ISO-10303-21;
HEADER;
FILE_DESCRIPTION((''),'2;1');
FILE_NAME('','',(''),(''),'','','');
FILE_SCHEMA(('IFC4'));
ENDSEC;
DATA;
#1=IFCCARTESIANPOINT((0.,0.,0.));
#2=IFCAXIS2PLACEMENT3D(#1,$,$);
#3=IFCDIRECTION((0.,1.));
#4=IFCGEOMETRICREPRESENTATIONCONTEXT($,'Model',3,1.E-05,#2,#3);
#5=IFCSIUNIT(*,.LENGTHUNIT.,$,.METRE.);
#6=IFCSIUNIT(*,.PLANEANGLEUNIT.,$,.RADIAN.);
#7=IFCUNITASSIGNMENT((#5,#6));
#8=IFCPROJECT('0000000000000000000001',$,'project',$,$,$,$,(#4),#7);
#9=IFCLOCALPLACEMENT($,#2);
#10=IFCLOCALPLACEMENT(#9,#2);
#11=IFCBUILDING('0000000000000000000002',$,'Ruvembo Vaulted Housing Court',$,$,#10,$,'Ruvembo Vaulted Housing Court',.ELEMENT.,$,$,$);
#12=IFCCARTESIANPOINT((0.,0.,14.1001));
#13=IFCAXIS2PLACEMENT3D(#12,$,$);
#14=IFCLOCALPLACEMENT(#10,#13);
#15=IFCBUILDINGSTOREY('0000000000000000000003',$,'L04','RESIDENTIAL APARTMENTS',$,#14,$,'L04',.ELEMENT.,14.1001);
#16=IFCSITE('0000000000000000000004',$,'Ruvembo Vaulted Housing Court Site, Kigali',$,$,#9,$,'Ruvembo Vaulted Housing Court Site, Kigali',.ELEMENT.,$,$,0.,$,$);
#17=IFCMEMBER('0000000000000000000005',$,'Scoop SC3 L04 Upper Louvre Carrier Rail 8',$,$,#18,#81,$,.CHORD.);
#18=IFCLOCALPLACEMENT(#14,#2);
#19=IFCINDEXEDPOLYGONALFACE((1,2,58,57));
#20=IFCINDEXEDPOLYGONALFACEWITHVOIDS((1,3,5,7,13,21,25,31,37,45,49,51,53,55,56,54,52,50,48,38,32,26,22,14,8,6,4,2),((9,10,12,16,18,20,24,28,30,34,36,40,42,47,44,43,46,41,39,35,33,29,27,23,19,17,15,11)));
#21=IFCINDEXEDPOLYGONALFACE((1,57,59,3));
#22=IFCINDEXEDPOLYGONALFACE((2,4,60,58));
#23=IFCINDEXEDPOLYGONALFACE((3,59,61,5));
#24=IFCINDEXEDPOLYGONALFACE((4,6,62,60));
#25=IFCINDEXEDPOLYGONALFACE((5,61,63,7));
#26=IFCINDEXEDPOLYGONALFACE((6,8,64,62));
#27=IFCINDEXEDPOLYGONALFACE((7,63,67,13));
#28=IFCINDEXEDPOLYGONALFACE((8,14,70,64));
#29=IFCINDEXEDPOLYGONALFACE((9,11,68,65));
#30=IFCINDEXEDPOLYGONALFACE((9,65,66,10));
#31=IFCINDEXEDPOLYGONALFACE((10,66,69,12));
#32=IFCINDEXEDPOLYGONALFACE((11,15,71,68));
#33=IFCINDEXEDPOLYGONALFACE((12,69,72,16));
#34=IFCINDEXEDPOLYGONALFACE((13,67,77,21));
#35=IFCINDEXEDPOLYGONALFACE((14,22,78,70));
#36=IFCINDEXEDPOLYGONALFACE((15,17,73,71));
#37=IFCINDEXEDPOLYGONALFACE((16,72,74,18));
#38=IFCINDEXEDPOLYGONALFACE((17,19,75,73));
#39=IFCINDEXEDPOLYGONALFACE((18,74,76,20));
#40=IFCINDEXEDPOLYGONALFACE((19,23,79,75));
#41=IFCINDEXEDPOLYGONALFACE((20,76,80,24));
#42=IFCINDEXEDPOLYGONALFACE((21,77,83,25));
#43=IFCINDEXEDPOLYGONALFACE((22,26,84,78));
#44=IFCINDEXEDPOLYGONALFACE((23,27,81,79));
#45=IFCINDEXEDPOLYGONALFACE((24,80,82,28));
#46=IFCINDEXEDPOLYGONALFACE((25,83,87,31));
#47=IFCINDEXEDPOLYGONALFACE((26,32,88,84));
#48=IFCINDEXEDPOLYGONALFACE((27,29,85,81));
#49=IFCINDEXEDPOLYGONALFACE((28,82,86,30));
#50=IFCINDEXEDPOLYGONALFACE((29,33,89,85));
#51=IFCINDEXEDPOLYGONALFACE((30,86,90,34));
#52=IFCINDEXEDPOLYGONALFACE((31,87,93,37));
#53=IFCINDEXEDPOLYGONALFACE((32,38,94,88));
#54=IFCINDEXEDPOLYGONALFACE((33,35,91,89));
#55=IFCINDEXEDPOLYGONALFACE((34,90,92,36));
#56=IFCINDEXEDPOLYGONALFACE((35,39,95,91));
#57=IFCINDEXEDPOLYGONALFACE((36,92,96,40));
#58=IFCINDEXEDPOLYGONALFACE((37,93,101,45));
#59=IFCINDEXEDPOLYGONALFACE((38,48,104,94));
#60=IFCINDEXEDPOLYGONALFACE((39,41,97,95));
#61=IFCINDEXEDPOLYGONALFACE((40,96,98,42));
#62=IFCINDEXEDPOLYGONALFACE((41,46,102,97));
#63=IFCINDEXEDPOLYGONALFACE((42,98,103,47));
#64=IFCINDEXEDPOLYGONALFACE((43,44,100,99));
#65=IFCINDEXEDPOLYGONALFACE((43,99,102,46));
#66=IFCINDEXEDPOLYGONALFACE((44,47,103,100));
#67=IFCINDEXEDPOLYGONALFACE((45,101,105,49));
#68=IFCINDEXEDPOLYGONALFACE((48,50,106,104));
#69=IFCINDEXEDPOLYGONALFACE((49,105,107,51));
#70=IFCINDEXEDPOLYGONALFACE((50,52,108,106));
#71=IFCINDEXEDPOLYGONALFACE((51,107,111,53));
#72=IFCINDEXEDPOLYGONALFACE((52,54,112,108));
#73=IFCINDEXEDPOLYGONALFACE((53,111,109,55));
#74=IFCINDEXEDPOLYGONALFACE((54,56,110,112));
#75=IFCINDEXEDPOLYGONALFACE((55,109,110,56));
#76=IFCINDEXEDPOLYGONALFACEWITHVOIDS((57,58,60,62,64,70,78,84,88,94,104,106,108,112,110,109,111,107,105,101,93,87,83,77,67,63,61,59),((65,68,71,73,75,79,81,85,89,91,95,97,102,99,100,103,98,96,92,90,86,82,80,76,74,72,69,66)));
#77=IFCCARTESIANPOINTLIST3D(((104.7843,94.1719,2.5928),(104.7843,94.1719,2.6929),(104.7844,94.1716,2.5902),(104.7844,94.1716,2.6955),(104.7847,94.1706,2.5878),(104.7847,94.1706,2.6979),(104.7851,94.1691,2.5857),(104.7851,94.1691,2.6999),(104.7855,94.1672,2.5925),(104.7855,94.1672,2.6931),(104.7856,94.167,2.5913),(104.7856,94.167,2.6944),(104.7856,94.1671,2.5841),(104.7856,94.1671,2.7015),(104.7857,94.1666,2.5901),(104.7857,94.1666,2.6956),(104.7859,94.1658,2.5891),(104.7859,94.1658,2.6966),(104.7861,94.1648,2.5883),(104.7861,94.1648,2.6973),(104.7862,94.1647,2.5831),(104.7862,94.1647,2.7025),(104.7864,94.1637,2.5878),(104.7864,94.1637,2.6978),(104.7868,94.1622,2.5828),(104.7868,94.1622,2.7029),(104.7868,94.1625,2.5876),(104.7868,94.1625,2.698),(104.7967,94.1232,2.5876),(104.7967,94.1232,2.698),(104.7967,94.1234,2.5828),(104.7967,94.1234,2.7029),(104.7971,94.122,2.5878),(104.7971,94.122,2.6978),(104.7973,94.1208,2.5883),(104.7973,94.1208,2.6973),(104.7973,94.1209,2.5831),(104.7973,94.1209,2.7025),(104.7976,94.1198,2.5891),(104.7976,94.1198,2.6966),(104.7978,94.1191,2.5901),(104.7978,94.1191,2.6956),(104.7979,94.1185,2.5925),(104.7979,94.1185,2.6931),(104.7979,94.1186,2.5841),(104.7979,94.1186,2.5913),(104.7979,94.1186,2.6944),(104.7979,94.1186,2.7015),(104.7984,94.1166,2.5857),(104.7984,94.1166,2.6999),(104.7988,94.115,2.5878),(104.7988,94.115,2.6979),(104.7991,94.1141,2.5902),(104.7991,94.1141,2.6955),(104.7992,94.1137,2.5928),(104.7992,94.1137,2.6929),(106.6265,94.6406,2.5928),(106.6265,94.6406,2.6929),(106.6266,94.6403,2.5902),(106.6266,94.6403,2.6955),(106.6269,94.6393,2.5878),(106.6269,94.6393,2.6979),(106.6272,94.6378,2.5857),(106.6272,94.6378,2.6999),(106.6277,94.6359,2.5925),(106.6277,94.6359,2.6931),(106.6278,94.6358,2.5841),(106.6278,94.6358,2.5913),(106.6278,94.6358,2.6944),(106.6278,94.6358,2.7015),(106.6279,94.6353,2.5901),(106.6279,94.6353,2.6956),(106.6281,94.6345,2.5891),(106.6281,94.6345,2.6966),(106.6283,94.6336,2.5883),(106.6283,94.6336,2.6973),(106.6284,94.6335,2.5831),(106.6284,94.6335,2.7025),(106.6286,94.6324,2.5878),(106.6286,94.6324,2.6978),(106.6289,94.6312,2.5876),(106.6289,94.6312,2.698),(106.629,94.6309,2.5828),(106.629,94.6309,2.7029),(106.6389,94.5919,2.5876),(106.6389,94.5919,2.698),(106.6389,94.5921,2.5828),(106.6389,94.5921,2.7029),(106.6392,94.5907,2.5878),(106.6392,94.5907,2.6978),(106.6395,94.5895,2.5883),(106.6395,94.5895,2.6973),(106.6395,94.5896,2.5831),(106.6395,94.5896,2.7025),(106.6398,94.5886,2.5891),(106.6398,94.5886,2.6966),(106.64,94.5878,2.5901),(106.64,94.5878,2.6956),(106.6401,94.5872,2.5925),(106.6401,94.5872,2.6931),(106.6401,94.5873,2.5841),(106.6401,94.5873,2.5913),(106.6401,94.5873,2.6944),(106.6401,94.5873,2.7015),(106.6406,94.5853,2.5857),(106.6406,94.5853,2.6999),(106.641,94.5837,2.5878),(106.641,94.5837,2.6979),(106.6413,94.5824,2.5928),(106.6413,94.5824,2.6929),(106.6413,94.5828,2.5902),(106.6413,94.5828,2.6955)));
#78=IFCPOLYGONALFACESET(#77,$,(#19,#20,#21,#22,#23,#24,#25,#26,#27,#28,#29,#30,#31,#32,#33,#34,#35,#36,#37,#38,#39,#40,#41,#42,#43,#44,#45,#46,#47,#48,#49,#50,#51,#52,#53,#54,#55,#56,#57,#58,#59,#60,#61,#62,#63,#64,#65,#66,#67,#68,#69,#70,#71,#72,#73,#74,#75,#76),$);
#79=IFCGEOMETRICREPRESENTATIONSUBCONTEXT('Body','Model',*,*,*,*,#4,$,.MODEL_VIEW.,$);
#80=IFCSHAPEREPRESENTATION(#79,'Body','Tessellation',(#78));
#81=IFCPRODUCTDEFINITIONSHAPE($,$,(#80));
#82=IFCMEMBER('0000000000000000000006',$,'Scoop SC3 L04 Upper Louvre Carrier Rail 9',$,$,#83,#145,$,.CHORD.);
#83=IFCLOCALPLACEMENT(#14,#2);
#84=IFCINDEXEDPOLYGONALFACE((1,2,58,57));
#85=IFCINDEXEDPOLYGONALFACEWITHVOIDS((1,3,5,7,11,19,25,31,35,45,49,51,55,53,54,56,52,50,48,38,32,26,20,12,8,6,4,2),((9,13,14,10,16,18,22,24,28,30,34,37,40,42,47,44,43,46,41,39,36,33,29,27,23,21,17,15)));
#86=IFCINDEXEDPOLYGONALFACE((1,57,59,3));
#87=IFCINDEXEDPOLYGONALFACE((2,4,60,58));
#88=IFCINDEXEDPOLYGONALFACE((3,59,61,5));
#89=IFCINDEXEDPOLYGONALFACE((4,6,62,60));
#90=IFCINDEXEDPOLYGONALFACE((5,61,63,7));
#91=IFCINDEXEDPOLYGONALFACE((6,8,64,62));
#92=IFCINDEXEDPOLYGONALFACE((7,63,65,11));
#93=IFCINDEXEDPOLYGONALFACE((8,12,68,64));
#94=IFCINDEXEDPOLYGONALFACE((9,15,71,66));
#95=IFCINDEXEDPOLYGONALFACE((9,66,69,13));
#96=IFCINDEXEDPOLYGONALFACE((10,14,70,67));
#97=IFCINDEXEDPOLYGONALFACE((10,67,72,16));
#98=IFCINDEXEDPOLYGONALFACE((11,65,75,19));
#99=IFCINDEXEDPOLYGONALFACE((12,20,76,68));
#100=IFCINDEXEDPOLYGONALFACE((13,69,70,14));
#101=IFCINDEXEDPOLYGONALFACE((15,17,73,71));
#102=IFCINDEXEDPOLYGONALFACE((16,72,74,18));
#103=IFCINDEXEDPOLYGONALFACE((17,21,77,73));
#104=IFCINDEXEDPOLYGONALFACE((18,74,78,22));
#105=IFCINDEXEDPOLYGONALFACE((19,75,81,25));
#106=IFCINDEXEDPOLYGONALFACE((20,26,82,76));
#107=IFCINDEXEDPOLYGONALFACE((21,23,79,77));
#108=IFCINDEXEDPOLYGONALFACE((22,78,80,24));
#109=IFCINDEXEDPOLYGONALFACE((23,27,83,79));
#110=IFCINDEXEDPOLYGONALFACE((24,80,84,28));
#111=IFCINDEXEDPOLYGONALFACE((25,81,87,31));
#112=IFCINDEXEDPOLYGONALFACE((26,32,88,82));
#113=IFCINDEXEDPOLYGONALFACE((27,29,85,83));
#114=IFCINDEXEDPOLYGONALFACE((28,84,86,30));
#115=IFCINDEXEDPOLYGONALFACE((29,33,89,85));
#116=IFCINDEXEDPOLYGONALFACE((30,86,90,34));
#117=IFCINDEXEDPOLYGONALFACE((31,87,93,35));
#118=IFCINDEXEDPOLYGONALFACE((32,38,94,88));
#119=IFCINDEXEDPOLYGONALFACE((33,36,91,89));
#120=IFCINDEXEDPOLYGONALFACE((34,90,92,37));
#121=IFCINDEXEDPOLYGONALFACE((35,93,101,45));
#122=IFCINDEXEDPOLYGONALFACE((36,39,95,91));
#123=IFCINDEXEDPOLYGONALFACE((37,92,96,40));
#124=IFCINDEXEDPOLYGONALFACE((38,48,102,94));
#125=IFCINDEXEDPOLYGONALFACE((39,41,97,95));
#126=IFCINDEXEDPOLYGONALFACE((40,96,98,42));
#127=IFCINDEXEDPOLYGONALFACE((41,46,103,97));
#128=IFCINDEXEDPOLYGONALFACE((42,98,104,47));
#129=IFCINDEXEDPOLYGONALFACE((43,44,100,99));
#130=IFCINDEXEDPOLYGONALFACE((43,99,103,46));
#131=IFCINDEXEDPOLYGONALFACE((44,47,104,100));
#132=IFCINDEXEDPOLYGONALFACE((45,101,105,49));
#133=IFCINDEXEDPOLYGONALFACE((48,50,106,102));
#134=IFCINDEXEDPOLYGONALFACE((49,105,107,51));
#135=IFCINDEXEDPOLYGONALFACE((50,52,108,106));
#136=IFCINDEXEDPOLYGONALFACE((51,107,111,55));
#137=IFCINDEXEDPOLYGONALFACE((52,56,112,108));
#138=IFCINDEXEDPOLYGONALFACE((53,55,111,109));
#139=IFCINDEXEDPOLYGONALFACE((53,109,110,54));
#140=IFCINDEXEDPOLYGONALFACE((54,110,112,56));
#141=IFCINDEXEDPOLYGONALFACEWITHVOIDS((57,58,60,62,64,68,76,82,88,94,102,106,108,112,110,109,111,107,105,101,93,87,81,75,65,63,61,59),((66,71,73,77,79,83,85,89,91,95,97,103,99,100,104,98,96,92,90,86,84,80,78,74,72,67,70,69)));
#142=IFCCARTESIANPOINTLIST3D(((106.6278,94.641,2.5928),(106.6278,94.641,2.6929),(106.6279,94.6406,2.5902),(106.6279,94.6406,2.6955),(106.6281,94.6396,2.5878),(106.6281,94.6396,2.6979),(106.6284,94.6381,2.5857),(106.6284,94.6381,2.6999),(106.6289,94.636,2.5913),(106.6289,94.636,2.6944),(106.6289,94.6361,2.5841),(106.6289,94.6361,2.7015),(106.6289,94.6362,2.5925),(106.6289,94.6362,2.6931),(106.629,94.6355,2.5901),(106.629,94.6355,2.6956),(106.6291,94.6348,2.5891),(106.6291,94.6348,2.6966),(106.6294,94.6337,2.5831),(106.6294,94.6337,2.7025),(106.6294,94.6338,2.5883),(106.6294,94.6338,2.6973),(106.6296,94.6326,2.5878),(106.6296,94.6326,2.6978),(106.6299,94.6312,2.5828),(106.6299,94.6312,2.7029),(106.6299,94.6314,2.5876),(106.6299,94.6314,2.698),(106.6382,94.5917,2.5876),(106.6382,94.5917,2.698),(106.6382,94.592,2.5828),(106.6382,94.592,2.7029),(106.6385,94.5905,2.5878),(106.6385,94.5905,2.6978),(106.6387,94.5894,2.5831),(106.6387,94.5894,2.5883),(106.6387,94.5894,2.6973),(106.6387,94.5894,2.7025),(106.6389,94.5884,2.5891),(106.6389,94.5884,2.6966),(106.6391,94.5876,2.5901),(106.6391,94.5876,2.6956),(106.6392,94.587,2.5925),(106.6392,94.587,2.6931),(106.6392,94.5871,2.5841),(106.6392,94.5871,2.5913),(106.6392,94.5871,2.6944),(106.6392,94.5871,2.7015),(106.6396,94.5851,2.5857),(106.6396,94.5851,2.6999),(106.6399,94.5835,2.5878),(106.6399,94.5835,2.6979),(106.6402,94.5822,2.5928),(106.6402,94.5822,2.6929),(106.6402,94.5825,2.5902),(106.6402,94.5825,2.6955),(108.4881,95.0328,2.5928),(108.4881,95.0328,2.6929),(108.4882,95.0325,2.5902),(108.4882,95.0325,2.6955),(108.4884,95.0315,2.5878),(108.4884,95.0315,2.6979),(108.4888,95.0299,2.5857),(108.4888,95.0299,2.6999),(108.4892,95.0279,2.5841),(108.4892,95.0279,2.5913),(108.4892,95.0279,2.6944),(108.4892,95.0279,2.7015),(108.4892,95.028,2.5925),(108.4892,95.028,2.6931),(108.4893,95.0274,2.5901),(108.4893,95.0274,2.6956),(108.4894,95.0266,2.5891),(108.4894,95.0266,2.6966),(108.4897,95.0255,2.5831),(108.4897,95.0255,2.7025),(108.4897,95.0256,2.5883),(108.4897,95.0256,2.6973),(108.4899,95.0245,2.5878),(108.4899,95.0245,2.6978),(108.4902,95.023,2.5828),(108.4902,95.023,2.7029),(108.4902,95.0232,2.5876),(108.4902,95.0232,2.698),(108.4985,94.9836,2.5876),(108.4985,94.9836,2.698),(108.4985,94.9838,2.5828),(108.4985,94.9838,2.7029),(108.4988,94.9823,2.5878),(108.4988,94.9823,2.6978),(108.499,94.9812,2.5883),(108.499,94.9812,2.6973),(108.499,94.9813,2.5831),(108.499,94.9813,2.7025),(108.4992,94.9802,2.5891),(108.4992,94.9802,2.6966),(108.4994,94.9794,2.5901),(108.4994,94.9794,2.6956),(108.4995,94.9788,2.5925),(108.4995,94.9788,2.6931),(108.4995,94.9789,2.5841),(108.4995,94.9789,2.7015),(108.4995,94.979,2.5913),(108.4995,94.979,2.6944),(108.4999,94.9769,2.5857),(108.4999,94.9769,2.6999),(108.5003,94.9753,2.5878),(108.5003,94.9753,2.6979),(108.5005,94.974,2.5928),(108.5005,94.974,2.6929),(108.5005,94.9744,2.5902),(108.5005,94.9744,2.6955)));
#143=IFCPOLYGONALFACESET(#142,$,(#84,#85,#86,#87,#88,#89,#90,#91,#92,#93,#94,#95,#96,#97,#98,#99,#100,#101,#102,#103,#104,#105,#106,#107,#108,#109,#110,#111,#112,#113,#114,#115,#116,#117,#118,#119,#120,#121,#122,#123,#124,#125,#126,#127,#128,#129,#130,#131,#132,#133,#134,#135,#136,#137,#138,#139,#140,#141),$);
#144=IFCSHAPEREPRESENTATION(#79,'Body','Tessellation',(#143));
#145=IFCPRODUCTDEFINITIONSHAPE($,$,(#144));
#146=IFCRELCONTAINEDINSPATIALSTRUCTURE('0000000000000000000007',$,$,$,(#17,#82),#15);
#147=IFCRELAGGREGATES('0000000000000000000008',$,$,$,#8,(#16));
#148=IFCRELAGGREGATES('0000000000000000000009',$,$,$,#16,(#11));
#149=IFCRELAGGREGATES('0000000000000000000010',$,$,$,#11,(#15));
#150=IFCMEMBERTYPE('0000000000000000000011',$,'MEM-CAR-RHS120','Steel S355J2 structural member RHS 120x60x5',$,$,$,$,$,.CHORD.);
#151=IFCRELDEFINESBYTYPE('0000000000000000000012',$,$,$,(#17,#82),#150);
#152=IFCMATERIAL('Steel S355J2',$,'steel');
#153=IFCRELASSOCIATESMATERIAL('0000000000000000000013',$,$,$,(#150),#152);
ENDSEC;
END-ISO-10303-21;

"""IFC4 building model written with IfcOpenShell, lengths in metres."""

from ifc_helpers import new_model, si_unit, direction, frame, origin, origin_2d, place, context, subcontext, project, spatial, hollow_rectangle, extrude, material, material_profile, profile_set, type_object, element, save


model = new_model("IFC4")

# Units and contexts
model_context = context("Model", 3, precision=1e-05, world=origin(), true_north=direction((0.0, 1.0)))
body_context = subcontext(model_context, "Body", "Model", "MODEL_VIEW")
ifc_project = project(units=[si_unit("LENGTHUNIT", "METRE"), si_unit("PLANEANGLEUNIT", "RADIAN")], contexts=[model_context])

# Site, building, storey
site_placement = place(None, origin())
site = spatial("IfcSite", under=ifc_project, at=site_placement, Name="Ruvembo Vaulted Housing Court Site, Kigali", LongName="Ruvembo Vaulted Housing Court Site, Kigali", CompositionType="ELEMENT", RefElevation=0.0)
building_placement = place(site_placement, origin())
building = spatial("IfcBuilding", under=site, at=building_placement, Name="Ruvembo Vaulted Housing Court", LongName="Ruvembo Vaulted Housing Court", CompositionType="ELEMENT")
storey_placement = place(building_placement, frame((0.0, 0.0, 14.1001)))
storey = spatial("IfcBuildingStorey", under=building, at=storey_placement, Name="L04", Description="RESIDENTIAL APARTMENTS", LongName="L04", CompositionType="ELEMENT", Elevation=14.1001)

# Shared definitions
ifc_material_1 = material(Name="Steel S355J2", Category="steel")

# Members
ifc_material_profile_1 = material_profile(ifc_material_1, hollow_rectangle(XDim=0.0601, YDim=0.1201, WallThickness=0.0049, InnerFilletRadius=0.0049, OuterFilletRadius=0.01, at=origin_2d()), Name="RHS 120x60x5")
ifc_profile_set_1 = profile_set([ifc_material_profile_1], Name="Steel S355J2")
member_type_1 = type_object("IfcMemberType", Name="MEM-CAR-RHS120", Description="Steel S355J2 structural member RHS 120x60x5", PredefinedType="CHORD", material=ifc_profile_set_1)
member_1_placement = place(storey_placement, frame((104.7917, 94.1428, 2.6428), z_axis=(0.969122, 0.246583, 0.0), x_axis=(-0.246583, 0.969122, 0.0)))
element("IfcMember", 1, at=member_1_placement, inside=storey, type_object=member_type_1, Name="Scoop SC3 L04 Upper Louvre Carrier Rail 8", PredefinedType="CHORD", context=body_context, shape_type="SweptSolid", body=[
    extrude(hollow_rectangle(XDim=0.0601, YDim=0.1201, WallThickness=0.0049, InnerFilletRadius=0.0049, OuterFilletRadius=0.01, at=origin_2d()), origin(), (0.0, 0.0, 1.0), 1.9009),
])
member_2_placement = place(storey_placement, frame((106.634, 94.6116, 2.6428), z_axis=(0.978529, 0.206108, 0.0), x_axis=(-0.206108, 0.978529, 0.0)))
element("IfcMember", 2, at=member_2_placement, inside=storey, type_object=member_type_1, Name="Scoop SC3 L04 Upper Louvre Carrier Rail 9", PredefinedType="CHORD", context=body_context, shape_type="SweptSolid", body=[
    extrude(hollow_rectangle(XDim=0.0601, YDim=0.1201, WallThickness=0.0049, InnerFilletRadius=0.0049, OuterFilletRadius=0.01, at=origin_2d()), origin(), (0.0, 0.0, 1.0), 1.9011),
])

save(model, "model.ifc")
